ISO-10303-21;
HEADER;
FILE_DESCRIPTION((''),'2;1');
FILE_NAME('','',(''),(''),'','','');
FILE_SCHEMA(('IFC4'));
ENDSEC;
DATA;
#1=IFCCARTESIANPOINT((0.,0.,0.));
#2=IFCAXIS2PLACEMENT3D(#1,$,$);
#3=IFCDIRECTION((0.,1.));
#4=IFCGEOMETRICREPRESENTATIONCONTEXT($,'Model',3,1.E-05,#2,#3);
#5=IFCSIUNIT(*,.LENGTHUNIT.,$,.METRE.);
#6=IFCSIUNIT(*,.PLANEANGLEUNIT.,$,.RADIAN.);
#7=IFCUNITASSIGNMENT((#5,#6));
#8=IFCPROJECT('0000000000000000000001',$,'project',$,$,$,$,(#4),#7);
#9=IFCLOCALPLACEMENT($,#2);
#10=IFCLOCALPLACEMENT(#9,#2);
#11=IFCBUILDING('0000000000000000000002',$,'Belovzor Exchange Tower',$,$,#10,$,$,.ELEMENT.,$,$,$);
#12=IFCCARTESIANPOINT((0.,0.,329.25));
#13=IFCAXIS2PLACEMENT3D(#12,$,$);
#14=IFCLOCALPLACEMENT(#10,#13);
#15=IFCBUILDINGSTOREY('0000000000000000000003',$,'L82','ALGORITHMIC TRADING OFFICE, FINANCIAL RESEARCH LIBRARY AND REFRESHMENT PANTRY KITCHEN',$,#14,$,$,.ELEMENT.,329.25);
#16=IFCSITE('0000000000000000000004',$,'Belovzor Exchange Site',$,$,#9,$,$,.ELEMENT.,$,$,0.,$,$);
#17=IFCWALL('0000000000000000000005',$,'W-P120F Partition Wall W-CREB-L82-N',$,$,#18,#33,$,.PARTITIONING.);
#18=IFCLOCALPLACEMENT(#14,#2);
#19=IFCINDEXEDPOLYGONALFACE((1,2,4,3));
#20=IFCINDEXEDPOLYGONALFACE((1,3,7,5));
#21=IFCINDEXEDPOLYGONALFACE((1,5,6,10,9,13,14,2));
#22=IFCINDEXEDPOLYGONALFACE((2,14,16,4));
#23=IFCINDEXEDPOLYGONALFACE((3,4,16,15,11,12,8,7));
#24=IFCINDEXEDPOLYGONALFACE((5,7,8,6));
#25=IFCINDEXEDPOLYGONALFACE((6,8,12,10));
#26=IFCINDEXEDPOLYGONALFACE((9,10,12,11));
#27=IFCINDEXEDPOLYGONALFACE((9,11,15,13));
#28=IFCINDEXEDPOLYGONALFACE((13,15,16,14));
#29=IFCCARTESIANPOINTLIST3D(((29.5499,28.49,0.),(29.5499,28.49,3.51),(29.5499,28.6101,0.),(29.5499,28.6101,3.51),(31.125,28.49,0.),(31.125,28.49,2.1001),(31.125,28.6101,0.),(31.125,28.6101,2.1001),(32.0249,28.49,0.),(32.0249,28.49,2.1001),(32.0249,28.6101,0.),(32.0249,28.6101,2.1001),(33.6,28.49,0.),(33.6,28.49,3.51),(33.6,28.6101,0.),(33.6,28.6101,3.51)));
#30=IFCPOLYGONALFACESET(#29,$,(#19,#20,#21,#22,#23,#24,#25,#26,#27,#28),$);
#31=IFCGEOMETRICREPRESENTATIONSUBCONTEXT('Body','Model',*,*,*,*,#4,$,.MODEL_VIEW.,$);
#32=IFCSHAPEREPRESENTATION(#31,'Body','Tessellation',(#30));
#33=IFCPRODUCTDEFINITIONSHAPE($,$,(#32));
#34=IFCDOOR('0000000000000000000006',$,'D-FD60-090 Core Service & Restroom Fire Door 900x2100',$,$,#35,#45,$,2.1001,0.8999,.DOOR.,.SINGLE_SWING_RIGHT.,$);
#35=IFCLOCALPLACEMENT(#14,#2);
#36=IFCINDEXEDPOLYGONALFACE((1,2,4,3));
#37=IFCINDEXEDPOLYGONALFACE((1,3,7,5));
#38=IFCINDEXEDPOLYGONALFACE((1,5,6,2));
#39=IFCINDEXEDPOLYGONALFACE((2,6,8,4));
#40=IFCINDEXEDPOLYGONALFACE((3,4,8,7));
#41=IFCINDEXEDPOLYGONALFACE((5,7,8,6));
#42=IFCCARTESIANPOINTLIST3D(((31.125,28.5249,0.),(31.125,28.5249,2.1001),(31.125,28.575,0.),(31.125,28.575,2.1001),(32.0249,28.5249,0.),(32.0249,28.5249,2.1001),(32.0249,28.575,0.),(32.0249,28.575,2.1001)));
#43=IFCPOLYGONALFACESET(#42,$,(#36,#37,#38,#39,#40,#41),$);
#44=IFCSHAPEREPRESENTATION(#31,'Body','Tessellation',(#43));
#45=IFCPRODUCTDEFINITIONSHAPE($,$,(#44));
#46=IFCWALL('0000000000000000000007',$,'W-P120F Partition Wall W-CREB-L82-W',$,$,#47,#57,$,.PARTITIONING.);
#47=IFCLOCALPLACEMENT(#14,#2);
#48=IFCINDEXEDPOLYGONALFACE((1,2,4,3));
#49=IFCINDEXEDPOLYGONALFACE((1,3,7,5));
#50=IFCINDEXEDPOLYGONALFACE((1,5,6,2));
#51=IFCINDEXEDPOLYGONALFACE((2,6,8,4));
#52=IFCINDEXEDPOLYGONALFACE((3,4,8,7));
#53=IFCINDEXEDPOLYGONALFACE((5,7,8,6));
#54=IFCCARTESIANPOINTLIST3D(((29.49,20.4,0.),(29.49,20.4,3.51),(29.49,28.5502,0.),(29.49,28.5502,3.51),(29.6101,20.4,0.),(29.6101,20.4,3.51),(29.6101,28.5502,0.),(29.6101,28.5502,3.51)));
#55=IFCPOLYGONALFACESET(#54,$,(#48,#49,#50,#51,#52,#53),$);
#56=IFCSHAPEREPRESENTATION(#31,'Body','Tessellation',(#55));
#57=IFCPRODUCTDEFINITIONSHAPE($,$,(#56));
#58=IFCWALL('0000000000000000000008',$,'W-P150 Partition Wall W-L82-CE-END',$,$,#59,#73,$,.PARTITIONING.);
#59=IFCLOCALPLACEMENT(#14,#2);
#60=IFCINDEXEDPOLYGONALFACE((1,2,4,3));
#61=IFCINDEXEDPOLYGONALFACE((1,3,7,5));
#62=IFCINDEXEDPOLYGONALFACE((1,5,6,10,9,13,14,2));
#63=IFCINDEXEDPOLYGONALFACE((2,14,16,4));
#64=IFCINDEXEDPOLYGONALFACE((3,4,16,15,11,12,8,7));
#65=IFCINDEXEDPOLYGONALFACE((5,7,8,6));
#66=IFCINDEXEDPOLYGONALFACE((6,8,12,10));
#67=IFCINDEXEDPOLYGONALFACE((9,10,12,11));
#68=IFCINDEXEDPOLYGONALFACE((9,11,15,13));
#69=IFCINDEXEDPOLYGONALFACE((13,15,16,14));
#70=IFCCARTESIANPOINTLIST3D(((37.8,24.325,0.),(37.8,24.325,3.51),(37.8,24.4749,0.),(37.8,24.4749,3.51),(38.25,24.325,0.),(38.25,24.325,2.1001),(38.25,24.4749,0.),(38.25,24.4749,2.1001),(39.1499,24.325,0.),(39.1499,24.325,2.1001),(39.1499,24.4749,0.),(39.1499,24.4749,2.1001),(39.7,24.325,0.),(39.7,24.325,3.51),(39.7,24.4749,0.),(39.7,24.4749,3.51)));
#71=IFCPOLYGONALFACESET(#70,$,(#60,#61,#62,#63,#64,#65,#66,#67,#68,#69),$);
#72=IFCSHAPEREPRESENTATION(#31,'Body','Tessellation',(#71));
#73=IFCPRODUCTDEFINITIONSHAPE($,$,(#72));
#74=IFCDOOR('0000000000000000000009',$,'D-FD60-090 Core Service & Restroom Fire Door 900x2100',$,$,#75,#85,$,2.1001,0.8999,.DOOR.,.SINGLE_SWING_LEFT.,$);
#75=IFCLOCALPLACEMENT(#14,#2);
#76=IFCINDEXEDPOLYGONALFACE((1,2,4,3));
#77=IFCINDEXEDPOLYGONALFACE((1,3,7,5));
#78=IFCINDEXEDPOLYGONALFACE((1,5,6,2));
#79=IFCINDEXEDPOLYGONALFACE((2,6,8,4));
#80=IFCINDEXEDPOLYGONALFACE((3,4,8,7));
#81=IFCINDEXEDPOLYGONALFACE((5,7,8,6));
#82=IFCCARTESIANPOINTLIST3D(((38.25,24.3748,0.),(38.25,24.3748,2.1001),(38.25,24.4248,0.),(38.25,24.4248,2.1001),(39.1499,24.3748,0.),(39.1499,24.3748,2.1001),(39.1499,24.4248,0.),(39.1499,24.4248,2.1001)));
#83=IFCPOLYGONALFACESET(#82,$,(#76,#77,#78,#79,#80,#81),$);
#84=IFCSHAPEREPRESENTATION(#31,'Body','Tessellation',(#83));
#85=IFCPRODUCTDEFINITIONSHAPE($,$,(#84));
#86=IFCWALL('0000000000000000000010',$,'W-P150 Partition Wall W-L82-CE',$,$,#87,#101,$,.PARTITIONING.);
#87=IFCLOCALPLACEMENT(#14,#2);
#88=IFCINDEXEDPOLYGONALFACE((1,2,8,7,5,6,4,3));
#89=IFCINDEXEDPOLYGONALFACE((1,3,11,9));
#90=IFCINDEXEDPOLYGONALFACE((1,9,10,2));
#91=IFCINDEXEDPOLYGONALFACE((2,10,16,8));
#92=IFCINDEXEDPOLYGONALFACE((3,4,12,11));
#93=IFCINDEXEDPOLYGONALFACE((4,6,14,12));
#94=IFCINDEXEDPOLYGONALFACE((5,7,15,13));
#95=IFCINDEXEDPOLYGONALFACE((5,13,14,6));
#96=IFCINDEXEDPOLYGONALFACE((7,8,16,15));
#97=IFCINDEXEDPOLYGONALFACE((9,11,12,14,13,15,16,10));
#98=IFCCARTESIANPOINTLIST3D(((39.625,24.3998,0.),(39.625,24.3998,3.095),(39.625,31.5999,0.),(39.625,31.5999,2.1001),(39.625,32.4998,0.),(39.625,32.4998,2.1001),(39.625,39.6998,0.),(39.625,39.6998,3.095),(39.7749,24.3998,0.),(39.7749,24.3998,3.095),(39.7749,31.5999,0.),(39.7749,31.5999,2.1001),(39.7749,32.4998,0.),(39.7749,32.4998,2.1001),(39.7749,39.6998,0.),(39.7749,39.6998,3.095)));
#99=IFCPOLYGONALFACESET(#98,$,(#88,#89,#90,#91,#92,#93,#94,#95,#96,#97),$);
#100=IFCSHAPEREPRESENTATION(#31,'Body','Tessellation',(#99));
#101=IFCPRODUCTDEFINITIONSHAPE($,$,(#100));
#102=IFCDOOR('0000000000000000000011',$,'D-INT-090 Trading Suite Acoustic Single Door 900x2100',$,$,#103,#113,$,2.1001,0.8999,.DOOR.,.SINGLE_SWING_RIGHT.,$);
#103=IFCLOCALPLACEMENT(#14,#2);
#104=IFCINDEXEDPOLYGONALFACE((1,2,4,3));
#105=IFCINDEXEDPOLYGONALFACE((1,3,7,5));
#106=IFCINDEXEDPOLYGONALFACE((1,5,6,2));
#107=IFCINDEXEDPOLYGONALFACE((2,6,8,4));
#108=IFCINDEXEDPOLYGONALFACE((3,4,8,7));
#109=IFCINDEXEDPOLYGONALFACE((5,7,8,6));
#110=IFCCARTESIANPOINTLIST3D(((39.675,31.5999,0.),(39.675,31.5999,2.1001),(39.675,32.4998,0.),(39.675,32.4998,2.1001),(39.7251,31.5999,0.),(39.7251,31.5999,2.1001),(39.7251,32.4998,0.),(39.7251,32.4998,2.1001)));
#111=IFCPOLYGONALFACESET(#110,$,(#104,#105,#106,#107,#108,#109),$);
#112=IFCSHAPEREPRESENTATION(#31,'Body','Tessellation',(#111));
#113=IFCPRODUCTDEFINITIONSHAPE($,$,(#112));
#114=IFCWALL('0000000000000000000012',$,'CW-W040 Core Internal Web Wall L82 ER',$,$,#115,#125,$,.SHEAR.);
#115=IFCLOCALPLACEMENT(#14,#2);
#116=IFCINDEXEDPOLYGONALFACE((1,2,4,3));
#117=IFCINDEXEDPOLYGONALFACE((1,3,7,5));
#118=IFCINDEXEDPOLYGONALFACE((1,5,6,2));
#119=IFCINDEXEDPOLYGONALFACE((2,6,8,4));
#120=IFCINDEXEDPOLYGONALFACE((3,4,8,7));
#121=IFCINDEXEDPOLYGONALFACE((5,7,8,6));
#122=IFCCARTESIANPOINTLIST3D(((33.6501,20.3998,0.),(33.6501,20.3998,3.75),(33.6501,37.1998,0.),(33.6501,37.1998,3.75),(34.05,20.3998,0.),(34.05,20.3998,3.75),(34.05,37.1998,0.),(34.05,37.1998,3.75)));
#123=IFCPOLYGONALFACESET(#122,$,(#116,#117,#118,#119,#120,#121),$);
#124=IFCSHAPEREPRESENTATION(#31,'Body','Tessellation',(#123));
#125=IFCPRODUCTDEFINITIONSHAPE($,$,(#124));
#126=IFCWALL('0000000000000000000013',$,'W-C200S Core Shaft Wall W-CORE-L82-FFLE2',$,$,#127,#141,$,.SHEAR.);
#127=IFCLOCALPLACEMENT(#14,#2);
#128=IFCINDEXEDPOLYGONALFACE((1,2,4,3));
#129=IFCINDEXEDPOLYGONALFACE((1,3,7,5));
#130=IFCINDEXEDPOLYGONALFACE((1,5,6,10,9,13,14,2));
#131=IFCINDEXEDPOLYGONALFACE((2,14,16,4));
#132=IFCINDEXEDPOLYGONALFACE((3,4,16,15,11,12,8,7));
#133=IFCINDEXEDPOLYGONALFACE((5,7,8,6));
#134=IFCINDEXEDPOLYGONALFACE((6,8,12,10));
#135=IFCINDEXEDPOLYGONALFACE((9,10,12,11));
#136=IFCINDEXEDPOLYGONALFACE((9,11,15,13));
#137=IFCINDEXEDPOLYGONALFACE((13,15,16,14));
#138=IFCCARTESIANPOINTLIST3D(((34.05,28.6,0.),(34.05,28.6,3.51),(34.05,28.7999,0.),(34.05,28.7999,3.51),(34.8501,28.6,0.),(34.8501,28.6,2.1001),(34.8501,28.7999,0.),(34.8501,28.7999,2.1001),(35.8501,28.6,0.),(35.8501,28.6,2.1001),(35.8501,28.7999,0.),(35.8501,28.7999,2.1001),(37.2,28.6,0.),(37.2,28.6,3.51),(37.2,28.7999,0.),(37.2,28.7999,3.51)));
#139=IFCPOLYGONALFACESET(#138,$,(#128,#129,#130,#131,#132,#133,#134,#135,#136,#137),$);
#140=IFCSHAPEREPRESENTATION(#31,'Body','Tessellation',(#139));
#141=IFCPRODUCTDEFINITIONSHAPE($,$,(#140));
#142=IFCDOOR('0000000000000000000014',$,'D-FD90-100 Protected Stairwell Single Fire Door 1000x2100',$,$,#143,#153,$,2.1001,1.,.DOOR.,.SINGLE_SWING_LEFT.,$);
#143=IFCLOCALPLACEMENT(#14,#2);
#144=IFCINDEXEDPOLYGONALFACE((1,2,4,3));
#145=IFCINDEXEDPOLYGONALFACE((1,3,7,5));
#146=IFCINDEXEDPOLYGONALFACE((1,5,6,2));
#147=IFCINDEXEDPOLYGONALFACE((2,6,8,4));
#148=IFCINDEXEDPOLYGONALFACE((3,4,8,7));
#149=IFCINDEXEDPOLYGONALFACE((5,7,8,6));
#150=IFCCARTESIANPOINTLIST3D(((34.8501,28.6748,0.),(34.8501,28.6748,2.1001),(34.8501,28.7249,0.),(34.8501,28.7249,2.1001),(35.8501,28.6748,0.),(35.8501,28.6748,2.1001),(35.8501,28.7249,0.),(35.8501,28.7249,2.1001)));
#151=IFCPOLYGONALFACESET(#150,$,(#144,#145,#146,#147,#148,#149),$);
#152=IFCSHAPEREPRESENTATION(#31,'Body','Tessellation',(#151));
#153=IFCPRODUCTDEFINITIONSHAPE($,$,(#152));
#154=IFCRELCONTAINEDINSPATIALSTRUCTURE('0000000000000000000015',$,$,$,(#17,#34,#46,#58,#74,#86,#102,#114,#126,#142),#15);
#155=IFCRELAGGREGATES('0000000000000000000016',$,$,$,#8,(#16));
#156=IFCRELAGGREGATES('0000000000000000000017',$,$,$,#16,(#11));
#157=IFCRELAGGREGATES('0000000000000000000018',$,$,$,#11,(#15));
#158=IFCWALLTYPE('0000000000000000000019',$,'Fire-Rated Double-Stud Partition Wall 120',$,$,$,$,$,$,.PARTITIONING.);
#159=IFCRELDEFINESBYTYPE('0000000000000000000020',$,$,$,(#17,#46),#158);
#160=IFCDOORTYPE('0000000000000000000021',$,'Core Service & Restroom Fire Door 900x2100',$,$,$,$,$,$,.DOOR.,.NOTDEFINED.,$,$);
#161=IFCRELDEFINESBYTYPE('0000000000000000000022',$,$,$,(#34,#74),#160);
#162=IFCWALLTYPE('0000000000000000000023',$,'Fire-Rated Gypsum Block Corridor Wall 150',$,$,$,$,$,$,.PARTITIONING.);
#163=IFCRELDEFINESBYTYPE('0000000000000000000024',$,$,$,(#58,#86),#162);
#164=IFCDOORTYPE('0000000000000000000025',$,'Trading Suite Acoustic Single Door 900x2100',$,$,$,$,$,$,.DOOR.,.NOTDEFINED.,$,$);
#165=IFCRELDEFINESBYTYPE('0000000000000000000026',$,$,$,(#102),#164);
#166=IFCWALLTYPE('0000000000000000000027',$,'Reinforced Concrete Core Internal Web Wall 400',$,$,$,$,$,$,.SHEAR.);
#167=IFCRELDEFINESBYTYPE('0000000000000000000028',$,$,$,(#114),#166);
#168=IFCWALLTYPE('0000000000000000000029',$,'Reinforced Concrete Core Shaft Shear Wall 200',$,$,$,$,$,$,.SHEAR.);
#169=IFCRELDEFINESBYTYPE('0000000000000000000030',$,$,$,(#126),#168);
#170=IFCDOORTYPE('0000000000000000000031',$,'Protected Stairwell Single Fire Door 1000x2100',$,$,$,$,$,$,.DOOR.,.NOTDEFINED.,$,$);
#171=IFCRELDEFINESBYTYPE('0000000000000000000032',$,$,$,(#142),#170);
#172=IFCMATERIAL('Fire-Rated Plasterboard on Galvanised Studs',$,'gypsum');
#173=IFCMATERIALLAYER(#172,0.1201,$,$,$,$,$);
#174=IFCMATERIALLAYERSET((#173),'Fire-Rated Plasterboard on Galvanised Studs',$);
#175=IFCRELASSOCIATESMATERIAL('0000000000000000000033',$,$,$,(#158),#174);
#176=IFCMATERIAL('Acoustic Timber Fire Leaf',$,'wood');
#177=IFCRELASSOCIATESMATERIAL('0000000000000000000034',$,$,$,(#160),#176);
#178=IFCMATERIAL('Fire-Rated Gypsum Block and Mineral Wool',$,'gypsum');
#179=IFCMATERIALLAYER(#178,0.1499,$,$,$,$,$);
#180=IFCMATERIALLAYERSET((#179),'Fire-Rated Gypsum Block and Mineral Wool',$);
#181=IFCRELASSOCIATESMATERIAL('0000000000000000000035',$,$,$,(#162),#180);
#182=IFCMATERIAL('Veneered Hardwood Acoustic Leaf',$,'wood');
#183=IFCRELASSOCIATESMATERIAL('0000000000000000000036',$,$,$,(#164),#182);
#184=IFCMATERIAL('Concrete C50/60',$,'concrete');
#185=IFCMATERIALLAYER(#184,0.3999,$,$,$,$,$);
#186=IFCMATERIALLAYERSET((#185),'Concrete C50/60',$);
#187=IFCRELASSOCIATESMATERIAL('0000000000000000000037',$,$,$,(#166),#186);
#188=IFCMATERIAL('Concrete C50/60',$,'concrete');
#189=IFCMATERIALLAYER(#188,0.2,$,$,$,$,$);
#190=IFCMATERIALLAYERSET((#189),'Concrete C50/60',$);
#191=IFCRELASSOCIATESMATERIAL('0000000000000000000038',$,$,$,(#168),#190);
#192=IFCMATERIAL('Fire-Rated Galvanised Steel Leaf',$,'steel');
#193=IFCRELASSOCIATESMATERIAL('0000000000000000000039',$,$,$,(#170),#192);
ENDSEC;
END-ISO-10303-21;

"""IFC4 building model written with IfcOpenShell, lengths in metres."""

from ifc_helpers import new_model, si_unit, direction, frame, frame_2d, origin, place, context, subcontext, project, spatial, rectangle, extrude, material, layer, layer_set, type_object, element, fill, save


model = new_model("IFC4")

# Units and contexts
model_context = context("Model", 3, precision=1e-05, world=origin(), true_north=direction((0.0, 1.0)))
body_context = subcontext(model_context, "Body", "Model", "MODEL_VIEW")
ifc_project = project(units=[si_unit("LENGTHUNIT", "METRE"), si_unit("PLANEANGLEUNIT", "RADIAN")], contexts=[model_context])

# Site, building, storey
site_placement = place(None, origin())
site = spatial("IfcSite", under=ifc_project, at=site_placement, Name="Belovzor Exchange Site", CompositionType="ELEMENT", RefElevation=0.0)
building_placement = place(site_placement, origin())
building = spatial("IfcBuilding", under=site, at=building_placement, Name="Belovzor Exchange Tower", CompositionType="ELEMENT")
storey_placement = place(building_placement, frame((0.0, 0.0, 329.25)))
storey = spatial("IfcBuildingStorey", under=building, at=storey_placement, Name="L82", Description="ALGORITHMIC TRADING OFFICE, FINANCIAL RESEARCH LIBRARY AND REFRESHMENT PANTRY KITCHEN", CompositionType="ELEMENT", Elevation=329.25)

# Shared definitions
ifc_material_1 = material(Name="Fire-Rated Plasterboard on Galvanised Studs", Category="gypsum")
ifc_layer_1 = layer(ifc_material_1, 0.1201)
ifc_layer_set_1 = layer_set([ifc_layer_1], Name="Fire-Rated Plasterboard on Galvanised Studs")
wall_type_1 = type_object("IfcWallType", Name="Fire-Rated Double-Stud Partition Wall 120", PredefinedType="PARTITIONING", material=ifc_layer_set_1)

# Wall, opening, door
wall_1_placement = place(storey_placement, frame((29.55, 28.55, 0.0), z_axis=(0.0, 0.0, 1.0), x_axis=(1.0, 0.0, 0.0)))
wall_1 = element("IfcWall", 1, at=wall_1_placement, inside=storey, type_object=wall_type_1, Name="W-P120F Partition Wall W-CREB-L82-N", PredefinedType="PARTITIONING", context=body_context, shape_type="SweptSolid", body=[
    extrude(rectangle(XDim=4.05, YDim=0.1201, at=frame_2d((2.0249, 0.0))), origin(), (0.0, 0.0, 1.0), 3.51),
])
opening_1_placement = place(wall_1_placement, frame((1.575, 0.0, 0.0)))
opening_1 = element("IfcOpeningElement", 2, at=opening_1_placement, cuts=wall_1, PredefinedType="OPENING", context=body_context, shape_type="SweptSolid", body=[
    extrude(rectangle(XDim=0.8999, YDim=2.1001, at=frame_2d((0.45, 1.05))), frame((0.0, 0.0701, 0.0), z_axis=(0.0, -1.0, 0.0), x_axis=(1.0, 0.0, 0.0)), (0.0, 0.0, 1.0), 0.1401),
])
ifc_material_2 = material(Name="Acoustic Timber Fire Leaf", Category="wood")
door_type_1 = type_object("IfcDoorType", Name="Core Service & Restroom Fire Door 900x2100", OperationType="NOTDEFINED", PredefinedType="DOOR", material=ifc_material_2)
door_1_placement = place(opening_1_placement, origin())
door_1 = element("IfcDoor", 3, at=door_1_placement, inside=storey, type_object=door_type_1, Name="D-FD60-090 Core Service & Restroom Fire Door 900x2100", OperationType="SINGLE_SWING_RIGHT", OverallHeight=2.1001, OverallWidth=0.8999, PredefinedType="DOOR", context=body_context, shape_type="SweptSolid", body=[
    extrude(rectangle(XDim=0.8999, YDim=2.1001, at=frame_2d((0.45, 1.05))), frame((0.0, 0.0249, 0.0), z_axis=(0.0, -1.0, 0.0), x_axis=(1.0, 0.0, 0.0)), (0.0, 0.0, 1.0), 0.05),
])
fill(opening_1, door_1)

# Wall
wall_2_placement = place(storey_placement, frame((29.55, 20.3999, 0.0), z_axis=(0.0, 0.0, 1.0), x_axis=(0.0, 1.0, 0.0)))
element("IfcWall", 4, at=wall_2_placement, inside=storey, type_object=wall_type_1, Name="W-P120F Partition Wall W-CREB-L82-W", PredefinedType="PARTITIONING", context=body_context, shape_type="SweptSolid", body=[
    extrude(rectangle(XDim=8.1501, YDim=0.1201, at=frame_2d((4.0752, 0.0))), origin(), (0.0, 0.0, 1.0), 3.51),
])

# Walls, openings, doors
ifc_material_3 = material(Name="Fire-Rated Gypsum Block and Mineral Wool", Category="gypsum")
ifc_layer_2 = layer(ifc_material_3, 0.1499)
ifc_layer_set_2 = layer_set([ifc_layer_2], Name="Fire-Rated Gypsum Block and Mineral Wool")
wall_type_2 = type_object("IfcWallType", Name="Fire-Rated Gypsum Block Corridor Wall 150", PredefinedType="PARTITIONING", material=ifc_layer_set_2)
wall_3_placement = place(storey_placement, frame((37.8, 24.3999, 0.0), z_axis=(0.0, 0.0, 1.0), x_axis=(1.0, 0.0, 0.0)))
wall_3 = element("IfcWall", 5, at=wall_3_placement, inside=storey, type_object=wall_type_2, Name="W-P150 Partition Wall W-L82-CE-END", PredefinedType="PARTITIONING", context=body_context, shape_type="SweptSolid", body=[
    extrude(rectangle(XDim=1.8999, YDim=0.1499, at=frame_2d((0.95, 0.0))), origin(), (0.0, 0.0, 1.0), 3.51),
])
opening_2_placement = place(wall_3_placement, frame((0.45, 0.0, 0.0)))
opening_2 = element("IfcOpeningElement", 6, at=opening_2_placement, cuts=wall_3, PredefinedType="OPENING", context=body_context, shape_type="SweptSolid", body=[
    extrude(rectangle(XDim=0.8999, YDim=2.1001, at=frame_2d((0.45, 1.05))), frame((0.0, 0.085, 0.0), z_axis=(0.0, -1.0, 0.0), x_axis=(1.0, 0.0, 0.0)), (0.0, 0.0, 1.0), 0.1699),
])
door_2_placement = place(opening_2_placement, origin())
door_2 = element("IfcDoor", 7, at=door_2_placement, inside=storey, type_object=door_type_1, Name="D-FD60-090 Core Service & Restroom Fire Door 900x2100", OperationType="SINGLE_SWING_LEFT", OverallHeight=2.1001, OverallWidth=0.8999, PredefinedType="DOOR", context=body_context, shape_type="SweptSolid", body=[
    extrude(rectangle(XDim=0.8999, YDim=2.1001, at=frame_2d((0.45, 1.05))), frame((0.0, 0.0249, 0.0), z_axis=(0.0, -1.0, 0.0), x_axis=(1.0, 0.0, 0.0)), (0.0, 0.0, 1.0), 0.05),
])
fill(opening_2, door_2)
wall_4_placement = place(storey_placement, frame((39.7, 24.3999, 0.0), z_axis=(0.0, 0.0, 1.0), x_axis=(0.0, 1.0, 0.0)))
wall_4 = element("IfcWall", 8, at=wall_4_placement, inside=storey, type_object=wall_type_2, Name="W-P150 Partition Wall W-L82-CE", PredefinedType="PARTITIONING", context=body_context, shape_type="SweptSolid", body=[
    extrude(rectangle(XDim=15.3, YDim=0.1499, at=frame_2d((7.6499, 0.0))), origin(), (0.0, 0.0, 1.0), 3.095),
])
opening_3_placement = place(wall_4_placement, frame((7.2, 0.0, 0.0)))
opening_3 = element("IfcOpeningElement", 9, at=opening_3_placement, cuts=wall_4, PredefinedType="OPENING", context=body_context, shape_type="SweptSolid", body=[
    extrude(rectangle(XDim=0.8999, YDim=2.1001, at=frame_2d((0.45, 1.05))), frame((0.0, 0.085, 0.0), z_axis=(0.0, -1.0, 0.0), x_axis=(1.0, 0.0, 0.0)), (0.0, 0.0, 1.0), 0.1699),
])
ifc_material_4 = material(Name="Veneered Hardwood Acoustic Leaf", Category="wood")
door_type_2 = type_object("IfcDoorType", Name="Trading Suite Acoustic Single Door 900x2100", OperationType="NOTDEFINED", PredefinedType="DOOR", material=ifc_material_4)
door_3_placement = place(opening_3_placement, origin())
door_3 = element("IfcDoor", 10, at=door_3_placement, inside=storey, type_object=door_type_2, Name="D-INT-090 Trading Suite Acoustic Single Door 900x2100", OperationType="SINGLE_SWING_RIGHT", OverallHeight=2.1001, OverallWidth=0.8999, PredefinedType="DOOR", context=body_context, shape_type="SweptSolid", body=[
    extrude(rectangle(XDim=0.8999, YDim=2.1001, at=frame_2d((0.45, 1.05))), frame((0.0, 0.0249, 0.0), z_axis=(0.0, -1.0, 0.0), x_axis=(1.0, 0.0, 0.0)), (0.0, 0.0, 1.0), 0.05),
])
fill(opening_3, door_3)

# Wall
ifc_material_5 = material(Name="Concrete C50/60", Category="concrete")
ifc_layer_3 = layer(ifc_material_5, 0.3999)
ifc_layer_set_3 = layer_set([ifc_layer_3], Name="Concrete C50/60")
wall_type_3 = type_object("IfcWallType", Name="Reinforced Concrete Core Internal Web Wall 400", PredefinedType="SHEAR", material=ifc_layer_set_3)
wall_5_placement = place(storey_placement, frame((33.8501, 20.3999, 0.0), z_axis=(0.0, 0.0, 1.0), x_axis=(0.0, 1.0, 0.0)))
element("IfcWall", 11, at=wall_5_placement, inside=storey, type_object=wall_type_3, Name="CW-W040 Core Internal Web Wall L82 ER", PredefinedType="SHEAR", context=body_context, shape_type="SweptSolid", body=[
    extrude(rectangle(XDim=16.8, YDim=0.3999, at=frame_2d((8.3999, 0.0))), origin(), (0.0, 0.0, 1.0), 3.75),
])

# Wall, opening, door
ifc_material_6 = material(Name="Concrete C50/60", Category="concrete")
ifc_layer_4 = layer(ifc_material_6, 0.2)
ifc_layer_set_4 = layer_set([ifc_layer_4], Name="Concrete C50/60")
wall_type_4 = type_object("IfcWallType", Name="Reinforced Concrete Core Shaft Shear Wall 200", PredefinedType="SHEAR", material=ifc_layer_set_4)
wall_6_placement = place(storey_placement, frame((34.05, 28.7, 0.0), z_axis=(0.0, 0.0, 1.0), x_axis=(1.0, 0.0, 0.0)))
wall_6 = element("IfcWall", 12, at=wall_6_placement, inside=storey, type_object=wall_type_4, Name="W-C200S Core Shaft Wall W-CORE-L82-FFLE2", PredefinedType="SHEAR", context=body_context, shape_type="SweptSolid", body=[
    extrude(rectangle(XDim=3.1499, YDim=0.2, at=frame_2d((1.575, 0.0))), origin(), (0.0, 0.0, 1.0), 3.51),
])
opening_4_placement = place(wall_6_placement, frame((0.8, 0.0, 0.0)))
opening_4 = element("IfcOpeningElement", 13, at=opening_4_placement, cuts=wall_6, PredefinedType="OPENING", context=body_context, shape_type="SweptSolid", body=[
    extrude(rectangle(XDim=1.0, YDim=2.1001, at=frame_2d((0.5, 1.05))), frame((0.0, 0.1099, 0.0), z_axis=(0.0, -1.0, 0.0), x_axis=(1.0, 0.0, 0.0)), (0.0, 0.0, 1.0), 0.22),
])
ifc_material_7 = material(Name="Fire-Rated Galvanised Steel Leaf", Category="steel")
door_type_3 = type_object("IfcDoorType", Name="Protected Stairwell Single Fire Door 1000x2100", OperationType="NOTDEFINED", PredefinedType="DOOR", material=ifc_material_7)
door_4_placement = place(opening_4_placement, origin())
door_4 = element("IfcDoor", 14, at=door_4_placement, inside=storey, type_object=door_type_3, Name="D-FD90-100 Protected Stairwell Single Fire Door 1000x2100", OperationType="SINGLE_SWING_LEFT", OverallHeight=2.1001, OverallWidth=1.0, PredefinedType="DOOR", context=body_context, shape_type="SweptSolid", body=[
    extrude(rectangle(XDim=1.0, YDim=2.1001, at=frame_2d((0.5, 1.05))), frame((0.0, 0.0249, 0.0), z_axis=(0.0, -1.0, 0.0), x_axis=(1.0, 0.0, 0.0)), (0.0, 0.0, 1.0), 0.05),
])
fill(opening_4, door_4)

save(model, "model.ifc")
